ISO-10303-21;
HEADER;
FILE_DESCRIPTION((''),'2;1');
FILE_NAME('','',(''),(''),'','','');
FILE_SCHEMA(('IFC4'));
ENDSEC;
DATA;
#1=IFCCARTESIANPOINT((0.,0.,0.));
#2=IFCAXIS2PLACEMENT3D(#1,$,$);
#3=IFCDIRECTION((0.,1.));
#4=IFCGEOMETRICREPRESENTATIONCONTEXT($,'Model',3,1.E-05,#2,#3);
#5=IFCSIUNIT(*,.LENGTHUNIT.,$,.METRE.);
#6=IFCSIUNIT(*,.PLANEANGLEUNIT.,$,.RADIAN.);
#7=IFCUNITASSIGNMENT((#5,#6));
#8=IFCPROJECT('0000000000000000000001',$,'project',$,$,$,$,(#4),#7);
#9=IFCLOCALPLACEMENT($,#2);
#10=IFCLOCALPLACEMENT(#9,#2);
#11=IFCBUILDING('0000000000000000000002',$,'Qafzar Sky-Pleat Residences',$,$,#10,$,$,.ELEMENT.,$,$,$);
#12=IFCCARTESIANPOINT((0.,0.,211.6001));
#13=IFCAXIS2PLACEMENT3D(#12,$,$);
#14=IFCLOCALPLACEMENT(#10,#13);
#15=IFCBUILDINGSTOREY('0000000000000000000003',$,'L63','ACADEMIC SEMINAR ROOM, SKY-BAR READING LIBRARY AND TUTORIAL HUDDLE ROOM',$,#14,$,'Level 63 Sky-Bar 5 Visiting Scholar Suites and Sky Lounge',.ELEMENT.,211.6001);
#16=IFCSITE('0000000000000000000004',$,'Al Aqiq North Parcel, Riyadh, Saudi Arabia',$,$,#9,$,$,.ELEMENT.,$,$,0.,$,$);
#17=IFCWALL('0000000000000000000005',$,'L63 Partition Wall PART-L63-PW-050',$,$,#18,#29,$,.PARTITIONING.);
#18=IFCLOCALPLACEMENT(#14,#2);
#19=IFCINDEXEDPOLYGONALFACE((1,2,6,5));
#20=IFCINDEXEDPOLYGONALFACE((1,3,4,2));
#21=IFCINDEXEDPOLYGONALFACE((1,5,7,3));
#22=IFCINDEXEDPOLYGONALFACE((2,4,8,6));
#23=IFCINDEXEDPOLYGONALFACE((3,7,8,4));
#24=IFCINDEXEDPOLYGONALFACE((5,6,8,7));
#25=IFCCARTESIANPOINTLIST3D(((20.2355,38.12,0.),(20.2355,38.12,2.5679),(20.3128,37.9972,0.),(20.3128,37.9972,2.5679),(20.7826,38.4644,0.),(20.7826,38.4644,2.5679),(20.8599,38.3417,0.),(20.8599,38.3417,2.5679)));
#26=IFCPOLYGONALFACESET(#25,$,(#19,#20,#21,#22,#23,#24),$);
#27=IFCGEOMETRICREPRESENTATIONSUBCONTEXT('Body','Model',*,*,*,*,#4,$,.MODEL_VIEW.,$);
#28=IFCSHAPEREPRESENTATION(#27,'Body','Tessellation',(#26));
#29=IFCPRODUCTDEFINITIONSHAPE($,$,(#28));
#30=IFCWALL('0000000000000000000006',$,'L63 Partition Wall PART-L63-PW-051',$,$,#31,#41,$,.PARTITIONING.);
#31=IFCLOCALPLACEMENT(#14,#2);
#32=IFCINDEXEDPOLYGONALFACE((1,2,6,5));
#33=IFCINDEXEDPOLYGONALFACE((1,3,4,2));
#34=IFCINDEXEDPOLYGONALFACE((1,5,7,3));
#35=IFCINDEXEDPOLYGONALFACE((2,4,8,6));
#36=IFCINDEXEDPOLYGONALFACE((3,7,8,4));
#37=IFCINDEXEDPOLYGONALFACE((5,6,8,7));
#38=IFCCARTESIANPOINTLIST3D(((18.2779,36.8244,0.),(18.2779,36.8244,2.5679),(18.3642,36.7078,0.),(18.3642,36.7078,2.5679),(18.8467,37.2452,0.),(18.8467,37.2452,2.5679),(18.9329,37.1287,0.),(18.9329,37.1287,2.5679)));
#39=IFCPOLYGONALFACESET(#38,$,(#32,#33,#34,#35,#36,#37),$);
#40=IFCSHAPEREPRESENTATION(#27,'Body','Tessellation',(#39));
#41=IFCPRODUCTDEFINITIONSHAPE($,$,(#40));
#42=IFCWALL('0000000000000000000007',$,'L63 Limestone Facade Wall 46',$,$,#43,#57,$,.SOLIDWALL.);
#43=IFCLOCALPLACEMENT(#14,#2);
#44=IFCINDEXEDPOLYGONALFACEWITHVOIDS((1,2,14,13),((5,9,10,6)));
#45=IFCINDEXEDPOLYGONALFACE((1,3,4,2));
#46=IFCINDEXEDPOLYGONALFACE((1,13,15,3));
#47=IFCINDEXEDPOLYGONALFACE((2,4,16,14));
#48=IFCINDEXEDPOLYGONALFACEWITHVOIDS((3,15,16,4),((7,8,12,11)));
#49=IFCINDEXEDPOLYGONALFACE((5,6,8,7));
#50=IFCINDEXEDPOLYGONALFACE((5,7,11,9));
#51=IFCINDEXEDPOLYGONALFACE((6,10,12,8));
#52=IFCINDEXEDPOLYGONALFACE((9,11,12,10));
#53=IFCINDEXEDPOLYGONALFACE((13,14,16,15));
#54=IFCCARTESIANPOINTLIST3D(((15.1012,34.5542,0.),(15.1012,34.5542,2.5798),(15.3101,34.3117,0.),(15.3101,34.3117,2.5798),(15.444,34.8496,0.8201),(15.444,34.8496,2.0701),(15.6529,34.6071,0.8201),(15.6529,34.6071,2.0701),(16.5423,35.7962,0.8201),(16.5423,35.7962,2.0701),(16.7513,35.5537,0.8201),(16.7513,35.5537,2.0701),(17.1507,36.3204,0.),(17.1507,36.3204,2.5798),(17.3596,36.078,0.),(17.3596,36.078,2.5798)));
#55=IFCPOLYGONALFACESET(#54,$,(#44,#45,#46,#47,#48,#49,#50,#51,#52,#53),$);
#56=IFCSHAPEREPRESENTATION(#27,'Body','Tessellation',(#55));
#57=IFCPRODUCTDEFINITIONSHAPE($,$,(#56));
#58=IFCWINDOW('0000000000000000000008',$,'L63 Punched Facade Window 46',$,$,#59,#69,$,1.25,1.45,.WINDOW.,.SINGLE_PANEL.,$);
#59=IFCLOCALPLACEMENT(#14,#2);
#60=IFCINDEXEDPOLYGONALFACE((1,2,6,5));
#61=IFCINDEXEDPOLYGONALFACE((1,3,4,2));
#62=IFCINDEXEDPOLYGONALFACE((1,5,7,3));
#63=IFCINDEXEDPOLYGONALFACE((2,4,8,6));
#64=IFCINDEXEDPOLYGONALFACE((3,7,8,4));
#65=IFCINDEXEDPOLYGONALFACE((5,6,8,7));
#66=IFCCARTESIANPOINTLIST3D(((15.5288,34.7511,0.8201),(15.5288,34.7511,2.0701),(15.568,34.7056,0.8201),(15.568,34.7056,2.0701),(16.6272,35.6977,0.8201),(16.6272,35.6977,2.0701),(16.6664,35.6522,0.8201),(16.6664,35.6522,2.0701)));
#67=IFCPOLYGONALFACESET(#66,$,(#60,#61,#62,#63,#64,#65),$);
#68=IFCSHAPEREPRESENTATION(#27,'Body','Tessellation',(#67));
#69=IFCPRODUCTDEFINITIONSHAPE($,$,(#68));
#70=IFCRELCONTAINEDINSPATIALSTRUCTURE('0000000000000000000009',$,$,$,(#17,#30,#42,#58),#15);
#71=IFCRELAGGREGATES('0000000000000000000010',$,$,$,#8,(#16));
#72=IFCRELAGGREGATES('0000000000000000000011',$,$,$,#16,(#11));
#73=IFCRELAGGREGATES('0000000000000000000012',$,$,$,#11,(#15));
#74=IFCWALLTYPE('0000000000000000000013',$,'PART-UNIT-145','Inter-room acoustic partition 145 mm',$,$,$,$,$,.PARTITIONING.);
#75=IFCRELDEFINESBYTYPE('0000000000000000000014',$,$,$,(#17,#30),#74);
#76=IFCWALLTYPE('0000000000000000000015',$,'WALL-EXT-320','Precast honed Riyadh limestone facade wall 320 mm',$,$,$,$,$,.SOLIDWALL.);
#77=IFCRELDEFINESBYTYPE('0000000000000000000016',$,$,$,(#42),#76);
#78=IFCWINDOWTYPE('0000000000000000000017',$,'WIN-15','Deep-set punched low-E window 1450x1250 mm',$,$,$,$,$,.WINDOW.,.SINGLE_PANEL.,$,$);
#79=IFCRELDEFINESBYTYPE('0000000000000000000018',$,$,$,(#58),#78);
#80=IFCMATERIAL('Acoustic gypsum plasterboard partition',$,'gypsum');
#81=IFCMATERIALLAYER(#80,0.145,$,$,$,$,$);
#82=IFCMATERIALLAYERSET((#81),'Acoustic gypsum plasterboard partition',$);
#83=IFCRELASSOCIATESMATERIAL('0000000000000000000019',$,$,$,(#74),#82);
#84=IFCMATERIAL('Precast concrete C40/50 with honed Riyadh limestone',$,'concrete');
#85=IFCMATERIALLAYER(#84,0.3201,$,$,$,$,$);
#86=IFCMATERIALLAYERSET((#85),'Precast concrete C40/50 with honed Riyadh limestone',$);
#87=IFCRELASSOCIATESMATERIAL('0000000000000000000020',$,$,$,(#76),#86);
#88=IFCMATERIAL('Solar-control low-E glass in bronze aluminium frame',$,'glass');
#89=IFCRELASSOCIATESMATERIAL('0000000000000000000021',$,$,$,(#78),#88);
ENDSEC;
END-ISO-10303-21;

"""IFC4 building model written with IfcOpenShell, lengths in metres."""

from ifc_helpers import new_model, si_unit, direction, frame, frame_2d, origin, place, context, subcontext, project, spatial, rectangle, extrude, source, transform, mapped, material, layer, layer_set, type_object, element, fill, save


model = new_model("IFC4")

# Units and contexts
model_context = context("Model", 3, precision=1e-05, world=origin(), true_north=direction((0.0, 1.0)))
body_context = subcontext(model_context, "Body", "Model", "MODEL_VIEW")
ifc_project = project(units=[si_unit("LENGTHUNIT", "METRE"), si_unit("PLANEANGLEUNIT", "RADIAN")], contexts=[model_context])

# Site, building, storey
site_placement = place(None, origin())
site = spatial("IfcSite", under=ifc_project, at=site_placement, Name="Al Aqiq North Parcel, Riyadh, Saudi Arabia", CompositionType="ELEMENT", RefElevation=0.0)
building_placement = place(site_placement, origin())
building = spatial("IfcBuilding", under=site, at=building_placement, Name="Qafzar Sky-Pleat Residences", CompositionType="ELEMENT")
storey_placement = place(building_placement, frame((0.0, 0.0, 211.6001)))
storey = spatial("IfcBuildingStorey", under=building, at=storey_placement, Name="L63", Description="ACADEMIC SEMINAR ROOM, SKY-BAR READING LIBRARY AND TUTORIAL HUDDLE ROOM", LongName="Level 63 Sky-Bar 5 Visiting Scholar Suites and Sky Lounge", CompositionType="ELEMENT", Elevation=211.6001)

# Walls
ifc_material_1 = material(Name="Acoustic gypsum plasterboard partition", Category="gypsum")
ifc_layer_1 = layer(ifc_material_1, 0.145)
ifc_layer_set_1 = layer_set([ifc_layer_1], Name="Acoustic gypsum plasterboard partition")
wall_type_1 = type_object("IfcWallType", Name="PART-UNIT-145", Description="Inter-room acoustic partition 145 mm", PredefinedType="PARTITIONING", material=ifc_layer_set_1)
wall_1_placement = place(storey_placement, frame((20.2742, 38.0586, 0.0), z_axis=(0.0, 0.0, 1.0), x_axis=(0.846233, 0.532813, 0.0)))
element("IfcWall", 1, at=wall_1_placement, inside=storey, type_object=wall_type_1, Name="L63 Partition Wall PART-L63-PW-050", PredefinedType="PARTITIONING", context=body_context, shape_type="SweptSolid", body=[
    extrude(rectangle(XDim=0.6465, YDim=0.145, at=frame_2d((0.3232, 0.0))), origin(), (0.0, 0.0, 1.0), 2.5679),
])
wall_2_placement = place(storey_placement, frame((18.321, 36.7661, 0.0), z_axis=(0.0, 0.0, 1.0), x_axis=(0.803875, 0.594798, 0.0)))
element("IfcWall", 2, at=wall_2_placement, inside=storey, type_object=wall_type_1, Name="L63 Partition Wall PART-L63-PW-051", PredefinedType="PARTITIONING", context=body_context, shape_type="SweptSolid", body=[
    extrude(rectangle(XDim=0.7075, YDim=0.145, at=frame_2d((0.3538, 0.0))), origin(), (0.0, 0.0, 1.0), 2.5679),
])

# Wall, opening, window
ifc_material_2 = material(Name="Precast concrete C40/50 with honed Riyadh limestone", Category="concrete")
ifc_layer_2 = layer(ifc_material_2, 0.3201)
ifc_layer_set_2 = layer_set([ifc_layer_2], Name="Precast concrete C40/50 with honed Riyadh limestone")
wall_type_2 = type_object("IfcWallType", Name="WALL-EXT-320", Description="Precast honed Riyadh limestone facade wall 320 mm", PredefinedType="SOLIDWALL", material=ifc_layer_set_2)
wall_3_placement = place(storey_placement, frame((17.2551, 36.1992, 0.0), z_axis=(0.0, 0.0, 1.0), x_axis=(-0.757502, -0.652833, 0.0)))
wall_3 = element("IfcWall", 3, at=wall_3_placement, inside=storey, type_object=wall_type_2, Name="L63 Limestone Facade Wall 46", PredefinedType="SOLIDWALL", context=body_context, shape_type="SweptSolid", body=[
    extrude(rectangle(XDim=2.7056, YDim=0.3201, at=frame_2d((1.3528, 0.0))), origin(), (0.0, 0.0, 1.0), 2.5798),
])
opening_placement = place(wall_3_placement, frame((0.803, 0.0, 0.8201)))
opening = element("IfcOpeningElement", 4, at=opening_placement, cuts=wall_3, PredefinedType="OPENING", context=body_context, shape_type="SweptSolid", body=[
    extrude(rectangle(XDim=1.45, YDim=1.25, at=frame_2d((0.7251, 0.625))), frame((0.0, 0.1699, 0.0), z_axis=(0.0, -1.0, 0.0), x_axis=(1.0, 0.0, 0.0)), (0.0, 0.0, 1.0), 0.3401),
])
ifc_material_3 = material(Name="Solar-control low-E glass in bronze aluminium frame", Category="glass")
window_type = type_object("IfcWindowType", Name="WIN-15", Description="Deep-set punched low-E window 1450x1250 mm", PartitioningType="SINGLE_PANEL", PredefinedType="WINDOW", material=ifc_material_3)
shared_shape_1 = source(origin(), body_context, "Body", "SweptSolid", [
    extrude(rectangle(XDim=1.45, YDim=1.25, at=frame_2d((0.7251, 0.625))), frame((0.0, 0.03, 0.0), z_axis=(0.0, -1.0, 0.0), x_axis=(1.0, 0.0, 0.0)), (0.0, 0.0, 1.0), 0.0601),
])
window_placement = place(opening_placement, origin())
window = element("IfcWindow", 5, at=window_placement, inside=storey, type_object=window_type, Name="L63 Punched Facade Window 46", OverallHeight=1.25, OverallWidth=1.45, PartitioningType="SINGLE_PANEL", PredefinedType="WINDOW", context=body_context, shape_type="MappedRepresentation", body=[
    mapped(shared_shape_1, transform((0.0, 0.0, 0.0), x_axis=(1.0, 0.0, 0.0), y_axis=(0.0, 1.0, 0.0), z_axis=(0.0, 0.0, 1.0), scale=1.0)),
])
fill(opening, window)

save(model, "model.ifc")
